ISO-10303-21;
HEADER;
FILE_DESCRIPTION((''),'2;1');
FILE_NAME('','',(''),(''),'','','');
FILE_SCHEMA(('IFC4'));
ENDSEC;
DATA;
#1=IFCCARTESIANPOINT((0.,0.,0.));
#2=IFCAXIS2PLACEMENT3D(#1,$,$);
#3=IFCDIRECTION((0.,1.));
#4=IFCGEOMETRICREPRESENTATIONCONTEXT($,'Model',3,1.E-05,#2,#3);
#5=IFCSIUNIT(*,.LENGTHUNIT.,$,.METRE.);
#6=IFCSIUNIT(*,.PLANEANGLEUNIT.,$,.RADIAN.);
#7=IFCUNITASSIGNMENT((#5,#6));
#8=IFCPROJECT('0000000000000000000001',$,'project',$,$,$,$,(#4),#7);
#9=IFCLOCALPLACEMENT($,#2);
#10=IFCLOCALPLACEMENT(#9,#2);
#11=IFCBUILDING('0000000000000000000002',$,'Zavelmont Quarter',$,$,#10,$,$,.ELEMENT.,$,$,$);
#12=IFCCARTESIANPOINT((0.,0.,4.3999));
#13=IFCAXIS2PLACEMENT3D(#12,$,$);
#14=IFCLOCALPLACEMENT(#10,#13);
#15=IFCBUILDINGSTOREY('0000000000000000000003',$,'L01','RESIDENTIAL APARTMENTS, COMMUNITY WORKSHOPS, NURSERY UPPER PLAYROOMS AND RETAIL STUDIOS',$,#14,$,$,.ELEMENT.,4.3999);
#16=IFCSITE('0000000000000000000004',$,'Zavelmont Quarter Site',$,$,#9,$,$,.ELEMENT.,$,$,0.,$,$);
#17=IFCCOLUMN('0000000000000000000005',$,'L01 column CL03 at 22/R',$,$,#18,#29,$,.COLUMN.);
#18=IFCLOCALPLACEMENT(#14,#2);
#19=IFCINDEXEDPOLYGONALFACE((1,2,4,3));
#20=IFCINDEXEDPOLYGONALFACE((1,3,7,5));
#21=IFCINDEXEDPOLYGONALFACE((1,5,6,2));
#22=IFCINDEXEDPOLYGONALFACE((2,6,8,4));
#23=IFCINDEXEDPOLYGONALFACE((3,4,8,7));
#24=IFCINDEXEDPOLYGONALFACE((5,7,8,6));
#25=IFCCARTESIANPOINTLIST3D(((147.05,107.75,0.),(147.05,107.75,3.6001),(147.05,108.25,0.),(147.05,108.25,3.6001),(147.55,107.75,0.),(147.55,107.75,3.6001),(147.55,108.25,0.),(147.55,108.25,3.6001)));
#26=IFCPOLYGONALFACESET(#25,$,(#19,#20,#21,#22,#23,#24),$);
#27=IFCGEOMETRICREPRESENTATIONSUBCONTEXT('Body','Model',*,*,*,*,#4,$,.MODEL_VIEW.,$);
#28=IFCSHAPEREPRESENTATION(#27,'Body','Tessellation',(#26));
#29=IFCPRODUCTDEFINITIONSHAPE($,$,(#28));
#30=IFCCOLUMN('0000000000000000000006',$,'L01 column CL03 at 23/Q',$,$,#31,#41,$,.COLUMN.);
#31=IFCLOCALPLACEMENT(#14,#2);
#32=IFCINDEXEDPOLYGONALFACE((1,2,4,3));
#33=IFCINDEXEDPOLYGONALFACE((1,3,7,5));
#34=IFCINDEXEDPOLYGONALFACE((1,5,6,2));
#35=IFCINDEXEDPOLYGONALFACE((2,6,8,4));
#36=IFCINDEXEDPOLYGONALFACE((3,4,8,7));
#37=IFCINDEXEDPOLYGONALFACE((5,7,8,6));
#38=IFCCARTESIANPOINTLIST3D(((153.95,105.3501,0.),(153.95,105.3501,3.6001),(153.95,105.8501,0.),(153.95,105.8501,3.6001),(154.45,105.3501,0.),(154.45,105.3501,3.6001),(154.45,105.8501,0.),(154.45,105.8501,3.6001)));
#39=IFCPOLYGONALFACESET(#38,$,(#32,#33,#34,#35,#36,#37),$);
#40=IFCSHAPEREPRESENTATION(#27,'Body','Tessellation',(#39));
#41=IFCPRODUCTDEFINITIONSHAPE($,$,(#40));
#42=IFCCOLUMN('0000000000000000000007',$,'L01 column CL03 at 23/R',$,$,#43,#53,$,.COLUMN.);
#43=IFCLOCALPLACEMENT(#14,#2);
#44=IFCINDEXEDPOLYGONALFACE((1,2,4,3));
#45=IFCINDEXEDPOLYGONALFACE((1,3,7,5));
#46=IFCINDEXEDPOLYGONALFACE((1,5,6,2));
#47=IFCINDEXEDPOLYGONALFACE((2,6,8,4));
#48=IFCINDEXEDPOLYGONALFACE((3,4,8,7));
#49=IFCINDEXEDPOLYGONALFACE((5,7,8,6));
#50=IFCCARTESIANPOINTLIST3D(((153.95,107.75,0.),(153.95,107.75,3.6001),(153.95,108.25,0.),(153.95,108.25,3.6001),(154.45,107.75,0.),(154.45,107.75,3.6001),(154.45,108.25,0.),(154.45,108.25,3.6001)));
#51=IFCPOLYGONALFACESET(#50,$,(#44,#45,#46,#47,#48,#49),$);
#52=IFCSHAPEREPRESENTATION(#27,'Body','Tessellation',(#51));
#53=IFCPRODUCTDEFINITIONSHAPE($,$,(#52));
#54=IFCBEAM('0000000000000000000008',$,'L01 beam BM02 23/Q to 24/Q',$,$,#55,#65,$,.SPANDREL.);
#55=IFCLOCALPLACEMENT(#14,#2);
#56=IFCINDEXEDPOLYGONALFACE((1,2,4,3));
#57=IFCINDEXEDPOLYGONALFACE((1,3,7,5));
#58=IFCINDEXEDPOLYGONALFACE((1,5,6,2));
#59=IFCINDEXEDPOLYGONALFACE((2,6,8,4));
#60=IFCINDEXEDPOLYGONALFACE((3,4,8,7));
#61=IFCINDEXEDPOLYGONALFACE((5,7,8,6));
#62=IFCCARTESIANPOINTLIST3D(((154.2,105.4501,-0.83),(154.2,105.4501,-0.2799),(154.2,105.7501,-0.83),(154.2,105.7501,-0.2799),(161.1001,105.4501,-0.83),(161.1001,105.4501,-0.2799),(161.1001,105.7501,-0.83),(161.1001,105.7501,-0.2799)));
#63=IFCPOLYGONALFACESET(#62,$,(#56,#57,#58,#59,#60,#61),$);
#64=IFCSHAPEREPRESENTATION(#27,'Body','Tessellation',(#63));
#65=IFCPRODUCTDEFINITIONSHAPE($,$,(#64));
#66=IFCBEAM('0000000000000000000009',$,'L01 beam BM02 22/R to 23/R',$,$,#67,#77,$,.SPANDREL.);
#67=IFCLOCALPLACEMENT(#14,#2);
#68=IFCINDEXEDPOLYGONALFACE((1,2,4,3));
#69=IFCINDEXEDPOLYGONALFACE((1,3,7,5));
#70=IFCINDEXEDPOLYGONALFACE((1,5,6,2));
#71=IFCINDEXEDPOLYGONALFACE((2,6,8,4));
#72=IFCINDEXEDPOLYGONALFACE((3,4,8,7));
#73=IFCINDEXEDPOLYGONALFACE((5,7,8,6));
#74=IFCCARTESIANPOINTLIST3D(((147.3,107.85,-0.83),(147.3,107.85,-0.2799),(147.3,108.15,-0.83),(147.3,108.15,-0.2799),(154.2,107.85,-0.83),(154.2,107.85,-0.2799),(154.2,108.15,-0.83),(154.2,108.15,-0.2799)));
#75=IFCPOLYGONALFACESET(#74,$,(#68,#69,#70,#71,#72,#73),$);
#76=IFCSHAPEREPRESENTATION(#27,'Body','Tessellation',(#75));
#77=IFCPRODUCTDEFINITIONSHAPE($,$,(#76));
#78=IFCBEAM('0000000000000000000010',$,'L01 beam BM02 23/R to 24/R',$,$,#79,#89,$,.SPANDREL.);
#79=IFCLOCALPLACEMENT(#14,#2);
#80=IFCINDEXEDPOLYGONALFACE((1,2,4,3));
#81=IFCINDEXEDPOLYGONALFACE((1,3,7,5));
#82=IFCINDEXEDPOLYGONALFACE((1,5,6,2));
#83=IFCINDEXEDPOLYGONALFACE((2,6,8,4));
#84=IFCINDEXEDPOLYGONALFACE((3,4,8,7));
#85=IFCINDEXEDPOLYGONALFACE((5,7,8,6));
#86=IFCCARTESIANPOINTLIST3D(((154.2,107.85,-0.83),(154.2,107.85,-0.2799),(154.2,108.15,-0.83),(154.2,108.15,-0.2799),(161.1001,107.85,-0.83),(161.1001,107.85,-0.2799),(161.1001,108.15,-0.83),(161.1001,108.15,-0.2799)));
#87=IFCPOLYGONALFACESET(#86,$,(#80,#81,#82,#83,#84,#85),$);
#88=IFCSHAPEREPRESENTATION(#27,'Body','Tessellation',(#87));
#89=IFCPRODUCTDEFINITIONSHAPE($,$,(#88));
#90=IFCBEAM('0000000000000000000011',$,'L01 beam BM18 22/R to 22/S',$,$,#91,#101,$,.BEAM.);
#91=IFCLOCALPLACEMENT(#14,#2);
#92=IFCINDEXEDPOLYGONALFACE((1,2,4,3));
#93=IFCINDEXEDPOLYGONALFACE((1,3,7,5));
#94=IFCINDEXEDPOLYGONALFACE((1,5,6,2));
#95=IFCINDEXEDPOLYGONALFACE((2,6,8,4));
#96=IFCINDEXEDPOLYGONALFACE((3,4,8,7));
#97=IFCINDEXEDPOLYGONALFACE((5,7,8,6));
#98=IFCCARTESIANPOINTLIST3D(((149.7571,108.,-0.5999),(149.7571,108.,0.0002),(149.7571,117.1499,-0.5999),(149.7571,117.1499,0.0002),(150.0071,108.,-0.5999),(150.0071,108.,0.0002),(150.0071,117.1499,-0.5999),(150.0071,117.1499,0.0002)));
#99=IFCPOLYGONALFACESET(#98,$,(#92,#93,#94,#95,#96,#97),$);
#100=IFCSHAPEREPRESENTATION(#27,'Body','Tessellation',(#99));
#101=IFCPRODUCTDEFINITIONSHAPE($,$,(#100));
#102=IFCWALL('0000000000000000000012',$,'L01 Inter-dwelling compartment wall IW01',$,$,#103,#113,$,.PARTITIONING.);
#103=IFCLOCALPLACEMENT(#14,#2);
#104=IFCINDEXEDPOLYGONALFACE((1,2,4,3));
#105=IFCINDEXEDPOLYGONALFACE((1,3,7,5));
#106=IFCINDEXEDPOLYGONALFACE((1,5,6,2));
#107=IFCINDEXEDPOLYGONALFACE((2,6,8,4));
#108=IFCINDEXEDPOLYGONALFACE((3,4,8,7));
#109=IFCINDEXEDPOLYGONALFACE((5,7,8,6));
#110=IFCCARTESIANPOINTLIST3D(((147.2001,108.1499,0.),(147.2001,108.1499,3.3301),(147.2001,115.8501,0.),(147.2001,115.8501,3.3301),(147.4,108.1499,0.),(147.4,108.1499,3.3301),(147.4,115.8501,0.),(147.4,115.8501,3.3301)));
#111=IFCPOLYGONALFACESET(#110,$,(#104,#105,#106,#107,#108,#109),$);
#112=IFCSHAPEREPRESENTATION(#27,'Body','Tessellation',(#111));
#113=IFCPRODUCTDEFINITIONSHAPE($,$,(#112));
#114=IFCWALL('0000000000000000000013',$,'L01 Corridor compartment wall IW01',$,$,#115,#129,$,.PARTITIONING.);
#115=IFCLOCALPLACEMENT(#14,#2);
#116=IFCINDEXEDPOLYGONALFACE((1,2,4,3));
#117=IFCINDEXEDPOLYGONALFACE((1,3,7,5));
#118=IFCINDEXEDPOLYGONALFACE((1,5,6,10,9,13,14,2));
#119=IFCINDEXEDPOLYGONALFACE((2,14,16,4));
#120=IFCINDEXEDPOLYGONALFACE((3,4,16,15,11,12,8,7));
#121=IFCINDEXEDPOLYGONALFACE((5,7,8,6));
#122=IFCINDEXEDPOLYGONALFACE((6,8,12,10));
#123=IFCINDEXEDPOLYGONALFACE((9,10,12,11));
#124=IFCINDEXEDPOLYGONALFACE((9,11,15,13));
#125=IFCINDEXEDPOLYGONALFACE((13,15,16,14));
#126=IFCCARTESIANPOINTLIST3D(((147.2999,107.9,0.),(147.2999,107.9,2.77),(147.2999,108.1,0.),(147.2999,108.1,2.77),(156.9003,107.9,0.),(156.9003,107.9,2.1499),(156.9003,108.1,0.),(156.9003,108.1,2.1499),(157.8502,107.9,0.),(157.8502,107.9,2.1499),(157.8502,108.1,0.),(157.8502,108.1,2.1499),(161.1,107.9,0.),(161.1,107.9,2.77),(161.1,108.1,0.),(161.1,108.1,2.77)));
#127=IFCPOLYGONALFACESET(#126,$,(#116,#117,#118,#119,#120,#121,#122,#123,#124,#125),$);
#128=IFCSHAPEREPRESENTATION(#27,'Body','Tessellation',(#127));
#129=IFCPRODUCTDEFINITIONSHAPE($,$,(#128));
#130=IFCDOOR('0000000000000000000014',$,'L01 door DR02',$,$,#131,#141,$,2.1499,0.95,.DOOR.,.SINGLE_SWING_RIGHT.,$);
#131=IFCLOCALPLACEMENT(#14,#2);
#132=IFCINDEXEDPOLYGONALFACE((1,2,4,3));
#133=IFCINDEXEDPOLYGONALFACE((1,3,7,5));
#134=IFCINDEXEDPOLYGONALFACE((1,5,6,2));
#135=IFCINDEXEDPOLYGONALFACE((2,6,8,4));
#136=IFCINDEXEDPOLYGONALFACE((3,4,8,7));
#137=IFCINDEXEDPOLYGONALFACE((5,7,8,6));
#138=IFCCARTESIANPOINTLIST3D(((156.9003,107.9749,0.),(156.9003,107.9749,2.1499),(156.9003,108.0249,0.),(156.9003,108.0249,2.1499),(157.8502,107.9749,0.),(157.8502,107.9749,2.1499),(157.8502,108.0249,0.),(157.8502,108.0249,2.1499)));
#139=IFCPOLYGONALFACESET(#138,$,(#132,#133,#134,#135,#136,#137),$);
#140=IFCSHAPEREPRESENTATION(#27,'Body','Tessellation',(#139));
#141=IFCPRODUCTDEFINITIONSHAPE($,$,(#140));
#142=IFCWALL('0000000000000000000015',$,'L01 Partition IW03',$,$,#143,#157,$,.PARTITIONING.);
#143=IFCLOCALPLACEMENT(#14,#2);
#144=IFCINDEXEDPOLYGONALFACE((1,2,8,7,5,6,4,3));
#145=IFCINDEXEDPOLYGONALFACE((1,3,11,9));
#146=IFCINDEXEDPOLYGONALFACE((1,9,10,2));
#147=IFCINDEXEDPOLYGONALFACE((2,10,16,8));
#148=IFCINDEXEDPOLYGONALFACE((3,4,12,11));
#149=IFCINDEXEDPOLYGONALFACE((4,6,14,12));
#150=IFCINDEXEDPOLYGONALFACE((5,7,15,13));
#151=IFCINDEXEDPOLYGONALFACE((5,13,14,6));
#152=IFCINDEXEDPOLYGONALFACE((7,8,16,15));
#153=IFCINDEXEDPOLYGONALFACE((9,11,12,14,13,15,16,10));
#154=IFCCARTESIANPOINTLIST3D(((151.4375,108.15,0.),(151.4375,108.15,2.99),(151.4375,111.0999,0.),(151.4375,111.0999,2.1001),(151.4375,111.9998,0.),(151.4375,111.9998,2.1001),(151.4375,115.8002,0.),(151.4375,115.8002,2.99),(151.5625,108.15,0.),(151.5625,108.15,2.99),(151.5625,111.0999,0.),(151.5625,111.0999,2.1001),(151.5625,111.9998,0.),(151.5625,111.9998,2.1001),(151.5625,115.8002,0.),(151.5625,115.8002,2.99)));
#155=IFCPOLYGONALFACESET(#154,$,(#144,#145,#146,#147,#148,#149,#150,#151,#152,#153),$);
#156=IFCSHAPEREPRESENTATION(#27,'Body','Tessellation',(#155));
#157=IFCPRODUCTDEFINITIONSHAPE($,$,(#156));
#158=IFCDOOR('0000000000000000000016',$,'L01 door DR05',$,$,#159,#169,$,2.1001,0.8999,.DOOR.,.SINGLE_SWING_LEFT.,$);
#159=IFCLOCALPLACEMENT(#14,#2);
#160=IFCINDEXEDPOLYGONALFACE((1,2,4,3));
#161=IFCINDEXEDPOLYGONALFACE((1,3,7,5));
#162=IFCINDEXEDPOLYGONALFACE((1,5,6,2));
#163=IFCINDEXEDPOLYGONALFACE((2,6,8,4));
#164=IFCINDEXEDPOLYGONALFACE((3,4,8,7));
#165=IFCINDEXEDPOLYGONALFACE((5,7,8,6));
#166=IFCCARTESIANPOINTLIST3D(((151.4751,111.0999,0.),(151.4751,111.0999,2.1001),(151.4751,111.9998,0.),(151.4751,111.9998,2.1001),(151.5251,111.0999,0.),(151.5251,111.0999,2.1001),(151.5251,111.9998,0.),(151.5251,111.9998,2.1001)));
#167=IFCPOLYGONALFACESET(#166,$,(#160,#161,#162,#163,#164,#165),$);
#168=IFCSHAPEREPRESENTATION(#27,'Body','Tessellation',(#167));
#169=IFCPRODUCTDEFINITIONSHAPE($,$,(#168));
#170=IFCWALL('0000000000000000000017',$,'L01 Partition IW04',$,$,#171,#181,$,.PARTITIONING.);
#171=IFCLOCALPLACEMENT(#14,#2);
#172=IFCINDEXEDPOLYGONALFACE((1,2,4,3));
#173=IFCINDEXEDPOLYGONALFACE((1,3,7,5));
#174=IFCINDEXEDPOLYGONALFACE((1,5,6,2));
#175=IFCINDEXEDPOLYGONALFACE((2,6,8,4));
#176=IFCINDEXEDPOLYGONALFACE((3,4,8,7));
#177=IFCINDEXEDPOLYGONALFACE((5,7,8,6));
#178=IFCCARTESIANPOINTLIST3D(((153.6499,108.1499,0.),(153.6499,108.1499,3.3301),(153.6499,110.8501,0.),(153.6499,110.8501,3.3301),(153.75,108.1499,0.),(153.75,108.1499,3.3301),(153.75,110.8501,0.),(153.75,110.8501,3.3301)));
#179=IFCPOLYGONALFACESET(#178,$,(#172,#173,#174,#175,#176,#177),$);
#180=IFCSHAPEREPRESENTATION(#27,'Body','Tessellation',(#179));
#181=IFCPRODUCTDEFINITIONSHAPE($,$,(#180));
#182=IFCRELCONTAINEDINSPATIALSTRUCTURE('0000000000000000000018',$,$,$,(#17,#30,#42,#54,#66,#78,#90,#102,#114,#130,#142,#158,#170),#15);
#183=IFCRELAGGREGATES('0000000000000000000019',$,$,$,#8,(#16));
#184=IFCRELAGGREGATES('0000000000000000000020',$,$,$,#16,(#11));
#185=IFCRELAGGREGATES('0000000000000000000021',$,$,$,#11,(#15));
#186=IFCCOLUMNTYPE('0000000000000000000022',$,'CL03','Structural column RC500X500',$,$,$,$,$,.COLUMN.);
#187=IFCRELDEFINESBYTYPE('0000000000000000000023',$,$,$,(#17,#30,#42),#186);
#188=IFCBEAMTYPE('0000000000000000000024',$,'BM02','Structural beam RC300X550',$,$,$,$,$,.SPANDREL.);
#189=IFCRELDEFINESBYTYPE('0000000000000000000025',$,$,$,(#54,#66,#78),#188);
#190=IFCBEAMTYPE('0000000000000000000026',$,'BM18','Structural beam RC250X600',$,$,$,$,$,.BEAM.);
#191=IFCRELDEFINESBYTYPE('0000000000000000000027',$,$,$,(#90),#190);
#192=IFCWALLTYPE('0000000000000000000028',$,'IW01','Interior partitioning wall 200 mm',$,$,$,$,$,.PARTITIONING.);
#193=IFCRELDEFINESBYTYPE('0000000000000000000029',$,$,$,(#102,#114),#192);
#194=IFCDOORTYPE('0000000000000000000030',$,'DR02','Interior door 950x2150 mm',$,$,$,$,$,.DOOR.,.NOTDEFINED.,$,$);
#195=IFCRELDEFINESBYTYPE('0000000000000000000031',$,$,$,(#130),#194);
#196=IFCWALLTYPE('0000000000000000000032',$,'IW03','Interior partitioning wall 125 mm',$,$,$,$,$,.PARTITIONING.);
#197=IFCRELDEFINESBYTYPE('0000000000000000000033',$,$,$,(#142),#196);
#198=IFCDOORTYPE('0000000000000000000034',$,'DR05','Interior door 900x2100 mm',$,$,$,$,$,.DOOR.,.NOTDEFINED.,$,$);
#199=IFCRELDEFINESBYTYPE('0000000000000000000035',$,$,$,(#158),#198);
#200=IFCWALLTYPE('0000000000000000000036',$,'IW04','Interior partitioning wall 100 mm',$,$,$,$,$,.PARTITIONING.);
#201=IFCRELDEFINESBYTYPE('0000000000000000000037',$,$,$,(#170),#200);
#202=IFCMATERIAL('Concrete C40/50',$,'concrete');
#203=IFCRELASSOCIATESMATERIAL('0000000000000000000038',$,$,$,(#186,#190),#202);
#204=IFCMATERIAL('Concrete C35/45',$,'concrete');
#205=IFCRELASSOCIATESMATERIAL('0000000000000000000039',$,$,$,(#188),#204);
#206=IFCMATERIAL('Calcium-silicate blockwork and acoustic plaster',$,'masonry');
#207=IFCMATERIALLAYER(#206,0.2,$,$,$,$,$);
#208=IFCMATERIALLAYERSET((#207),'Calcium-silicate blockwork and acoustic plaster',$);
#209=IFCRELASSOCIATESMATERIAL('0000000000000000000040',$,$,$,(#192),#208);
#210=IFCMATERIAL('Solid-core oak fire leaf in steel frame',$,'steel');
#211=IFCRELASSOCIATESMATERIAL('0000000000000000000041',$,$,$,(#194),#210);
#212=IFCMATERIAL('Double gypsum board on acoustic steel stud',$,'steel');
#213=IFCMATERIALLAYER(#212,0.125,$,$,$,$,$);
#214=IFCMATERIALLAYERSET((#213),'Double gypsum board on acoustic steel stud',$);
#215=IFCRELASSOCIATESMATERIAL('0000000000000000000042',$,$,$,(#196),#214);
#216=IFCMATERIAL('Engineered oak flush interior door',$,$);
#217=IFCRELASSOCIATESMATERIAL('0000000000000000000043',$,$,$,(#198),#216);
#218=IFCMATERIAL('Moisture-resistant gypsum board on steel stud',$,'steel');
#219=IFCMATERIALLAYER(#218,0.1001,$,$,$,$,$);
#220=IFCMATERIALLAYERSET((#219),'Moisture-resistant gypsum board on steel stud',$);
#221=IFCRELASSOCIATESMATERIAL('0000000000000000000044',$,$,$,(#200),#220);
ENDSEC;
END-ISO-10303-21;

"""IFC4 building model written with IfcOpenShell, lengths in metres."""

from ifc_helpers import new_model, si_unit, direction, frame, frame_2d, origin, origin_with_axes, origin_2d, place, context, subcontext, project, spatial, rectangle, extrude, material, layer, layer_set, material_profile, profile_set, type_object, element, fill, save


model = new_model("IFC4")

# Units and contexts
model_context = context("Model", 3, precision=1e-05, world=origin(), true_north=direction((0.0, 1.0)))
body_context = subcontext(model_context, "Body", "Model", "MODEL_VIEW")
ifc_project = project(units=[si_unit("LENGTHUNIT", "METRE"), si_unit("PLANEANGLEUNIT", "RADIAN")], contexts=[model_context])

# Site, building, storey
site_placement = place(None, origin())
site = spatial("IfcSite", under=ifc_project, at=site_placement, Name="Zavelmont Quarter Site", CompositionType="ELEMENT", RefElevation=0.0)
building_placement = place(site_placement, origin())
building = spatial("IfcBuilding", under=site, at=building_placement, Name="Zavelmont Quarter", CompositionType="ELEMENT")
storey_placement = place(building_placement, frame((0.0, 0.0, 4.3999)))
storey = spatial("IfcBuildingStorey", under=building, at=storey_placement, Name="L01", Description="RESIDENTIAL APARTMENTS, COMMUNITY WORKSHOPS, NURSERY UPPER PLAYROOMS AND RETAIL STUDIOS", CompositionType="ELEMENT", Elevation=4.3999)

# Columns
ifc_material_1 = material(Name="Concrete C40/50", Category="concrete")
ifc_material_profile_1 = material_profile(ifc_material_1, rectangle(XDim=0.5, YDim=0.5, at=origin_2d()), Name="RC500X500")
ifc_profile_set_1 = profile_set([ifc_material_profile_1], Name="Concrete C40/50")
column_type = type_object("IfcColumnType", Name="CL03", Description="Structural column RC500X500", PredefinedType="COLUMN", material=ifc_profile_set_1)
for number, where, z_axis, x_axis, name in (
    (1, (147.3, 108.0, 0.0), (0.0, 0.0, 1.0), (1.0, 0.0, 0.0), "L01 column CL03 at 22/R"),
    (2, (154.2, 105.6001, 0.0), (0.0, 0.0, 1.0), (1.0, 0.0, 0.0), "L01 column CL03 at 23/Q"),
    (3, (154.2, 108.0, 0.0), (0.0, 0.0, 1.0), (1.0, 0.0, 0.0), "L01 column CL03 at 23/R"),
):
    element("IfcColumn", number, at=place(storey_placement, frame(where, z_axis=z_axis, x_axis=x_axis)), inside=storey, type_object=column_type, Name=name, PredefinedType="COLUMN", context=body_context, shape_type="SweptSolid", body=[
        extrude(rectangle(XDim=0.5, YDim=0.5, at=origin_2d()), origin(), (0.0, 0.0, 1.0), 3.6001),
    ])

# Beams
ifc_material_2 = material(Name="Concrete C35/45", Category="concrete")
ifc_material_profile_2 = material_profile(ifc_material_2, rectangle(XDim=0.3, YDim=0.55, at=origin_2d()), Name="RC300X550")
ifc_profile_set_2 = profile_set([ifc_material_profile_2], Name="Concrete C35/45")
beam_type_1 = type_object("IfcBeamType", Name="BM02", Description="Structural beam RC300X550", PredefinedType="SPANDREL", material=ifc_profile_set_2)
beam_1_placement = place(storey_placement, frame((154.2, 105.6001, -0.5549), z_axis=(1.0, 0.0, 0.0), x_axis=(0.0, 1.0, 0.0)))
element("IfcBeam", 4, at=beam_1_placement, inside=storey, type_object=beam_type_1, Name="L01 beam BM02 23/Q to 24/Q", PredefinedType="SPANDREL", context=body_context, shape_type="SweptSolid", body=[
    extrude(rectangle(XDim=0.3, YDim=0.55, at=origin_2d()), origin(), (0.0, 0.0, 1.0), 6.9001),
])
beam_2_placement = place(storey_placement, frame((147.3, 108.0, -0.5549), z_axis=(1.0, 0.0, 0.0), x_axis=(0.0, 1.0, 0.0)))
element("IfcBeam", 5, at=beam_2_placement, inside=storey, type_object=beam_type_1, Name="L01 beam BM02 22/R to 23/R", PredefinedType="SPANDREL", context=body_context, shape_type="SweptSolid", body=[
    extrude(rectangle(XDim=0.3, YDim=0.55, at=origin_2d()), origin(), (0.0, 0.0, 1.0), 6.8999),
])
beam_3_placement = place(storey_placement, frame((154.2, 108.0, -0.5549), z_axis=(1.0, 0.0, 0.0), x_axis=(0.0, 1.0, 0.0)))
element("IfcBeam", 6, at=beam_3_placement, inside=storey, type_object=beam_type_1, Name="L01 beam BM02 23/R to 24/R", PredefinedType="SPANDREL", context=body_context, shape_type="SweptSolid", body=[
    extrude(rectangle(XDim=0.3, YDim=0.55, at=origin_2d()), origin(), (0.0, 0.0, 1.0), 6.9001),
])
ifc_material_profile_3 = material_profile(ifc_material_1, rectangle(XDim=0.25, YDim=0.6001, at=origin_2d()), Name="RC250X600")
ifc_profile_set_3 = profile_set([ifc_material_profile_3], Name="Concrete C40/50")
beam_type_2 = type_object("IfcBeamType", Name="BM18", Description="Structural beam RC250X600", PredefinedType="BEAM", material=ifc_profile_set_3)
beam_4_placement = place(storey_placement, frame((149.8821, 108.0, -0.2998), z_axis=(0.0, 1.0, 0.0), x_axis=(-1.0, 0.0, 0.0)))
element("IfcBeam", 7, at=beam_4_placement, inside=storey, type_object=beam_type_2, Name="L01 beam BM18 22/R to 22/S", PredefinedType="BEAM", context=body_context, shape_type="SweptSolid", body=[
    extrude(rectangle(XDim=0.25, YDim=0.6001, at=origin_2d()), origin(), (0.0, 0.0, 1.0), 9.1499),
])

# Wall
ifc_material_3 = material(Name="Calcium-silicate blockwork and acoustic plaster", Category="masonry")
ifc_layer_1 = layer(ifc_material_3, 0.2)
ifc_layer_set_1 = layer_set([ifc_layer_1], Name="Calcium-silicate blockwork and acoustic plaster")
wall_type_1 = type_object("IfcWallType", Name="IW01", Description="Interior partitioning wall 200 mm", PredefinedType="PARTITIONING", material=ifc_layer_set_1)
wall_1_placement = place(storey_placement, frame((147.3, 108.1499, 0.0), z_axis=(0.0, 0.0, 1.0), x_axis=(0.0, 1.0, 0.0)))
element("IfcWall", 8, at=wall_1_placement, inside=storey, type_object=wall_type_1, Name="L01 Inter-dwelling compartment wall IW01", PredefinedType="PARTITIONING", context=body_context, shape_type="SweptSolid", body=[
    extrude(rectangle(XDim=7.7002, YDim=0.2, at=frame_2d((3.8501, 0.0))), origin(), (0.0, 0.0, 1.0), 3.3301),
])

# Wall, opening, door
wall_2_placement = place(storey_placement, frame((147.3, 108.0, 0.0), z_axis=(0.0, 0.0, 1.0), x_axis=(1.0, 0.0, 0.0)))
wall_2 = element("IfcWall", 9, at=wall_2_placement, inside=storey, type_object=wall_type_1, Name="L01 Corridor compartment wall IW01", PredefinedType="PARTITIONING", context=body_context, shape_type="SweptSolid", body=[
    extrude(rectangle(XDim=13.8, YDim=0.2, at=frame_2d((6.8999, 0.0))), origin(), (0.0, 0.0, 1.0), 2.77),
])
opening_1_placement = place(wall_2_placement, frame((9.6001, 0.0, 0.0)))
opening_1 = element("IfcOpeningElement", 10, at=opening_1_placement, cuts=wall_2, PredefinedType="OPENING", context=body_context, shape_type="SweptSolid", body=[
    extrude(rectangle(XDim=0.95, YDim=2.1499, at=frame_2d((0.4751, 1.075))), frame((0.0, 0.1118, 0.0), z_axis=(0.0, -1.0, 0.0), x_axis=(1.0, 0.0, 0.0)), (0.0, 0.0, 1.0), 0.2239),
])
ifc_material_4 = material(Name="Solid-core oak fire leaf in steel frame", Category="steel")
door_type_1 = type_object("IfcDoorType", Name="DR02", Description="Interior door 950x2150 mm", OperationType="NOTDEFINED", PredefinedType="DOOR", material=ifc_material_4)
door_1_placement = place(opening_1_placement, origin_with_axes())
door_1 = element("IfcDoor", 11, at=door_1_placement, inside=storey, type_object=door_type_1, Name="L01 door DR02", OperationType="SINGLE_SWING_RIGHT", OverallHeight=2.1499, OverallWidth=0.95, PredefinedType="DOOR", context=body_context, shape_type="SweptSolid", body=[
    extrude(rectangle(XDim=0.95, YDim=2.1499, at=frame_2d((0.4751, 1.075))), frame((0.0, 0.0249, 0.0), z_axis=(0.0, -1.0, 0.0), x_axis=(1.0, 0.0, 0.0)), (0.0, 0.0, 1.0), 0.05),
])
fill(opening_1, door_1)

# Wall, opening, door
ifc_material_5 = material(Name="Double gypsum board on acoustic steel stud", Category="steel")
ifc_layer_2 = layer(ifc_material_5, 0.125)
ifc_layer_set_2 = layer_set([ifc_layer_2], Name="Double gypsum board on acoustic steel stud")
wall_type_2 = type_object("IfcWallType", Name="IW03", Description="Interior partitioning wall 125 mm", PredefinedType="PARTITIONING", material=ifc_layer_set_2)
wall_3_placement = place(storey_placement, frame((151.5, 108.1499, 0.0), z_axis=(0.0, 0.0, 1.0), x_axis=(0.0, 1.0, 0.0)))
wall_3 = element("IfcWall", 12, at=wall_3_placement, inside=storey, type_object=wall_type_2, Name="L01 Partition IW03", PredefinedType="PARTITIONING", context=body_context, shape_type="SweptSolid", body=[
    extrude(rectangle(XDim=7.6501, YDim=0.125, at=frame_2d((3.8252, 0.0))), origin(), (0.0, 0.0, 1.0), 2.99),
])
opening_2_placement = place(wall_3_placement, frame((2.95, 0.0, 0.0)))
opening_2 = element("IfcOpeningElement", 13, at=opening_2_placement, cuts=wall_3, PredefinedType="OPENING", context=body_context, shape_type="SweptSolid", body=[
    extrude(rectangle(XDim=0.8999, YDim=2.1001, at=frame_2d((0.45, 1.05))), frame((0.0, 0.0745, 0.0), z_axis=(0.0, -1.0, 0.0), x_axis=(1.0, 0.0, 0.0)), (0.0, 0.0, 1.0), 0.1489),
])
ifc_material_6 = material(Name="Engineered oak flush interior door")
door_type_2 = type_object("IfcDoorType", Name="DR05", Description="Interior door 900x2100 mm", OperationType="NOTDEFINED", PredefinedType="DOOR", material=ifc_material_6)
door_2_placement = place(opening_2_placement, origin_with_axes())
door_2 = element("IfcDoor", 14, at=door_2_placement, inside=storey, type_object=door_type_2, Name="L01 door DR05", OperationType="SINGLE_SWING_LEFT", OverallHeight=2.1001, OverallWidth=0.8999, PredefinedType="DOOR", context=body_context, shape_type="SweptSolid", body=[
    extrude(rectangle(XDim=0.8999, YDim=2.1001, at=frame_2d((0.45, 1.05))), frame((0.0, 0.0249, 0.0), z_axis=(0.0, -1.0, 0.0), x_axis=(1.0, 0.0, 0.0)), (0.0, 0.0, 1.0), 0.05),
])
fill(opening_2, door_2)

# Wall
ifc_material_7 = material(Name="Moisture-resistant gypsum board on steel stud", Category="steel")
ifc_layer_3 = layer(ifc_material_7, 0.1001)
ifc_layer_set_3 = layer_set([ifc_layer_3], Name="Moisture-resistant gypsum board on steel stud")
wall_type_3 = type_object("IfcWallType", Name="IW04", Description="Interior partitioning wall 100 mm", PredefinedType="PARTITIONING", material=ifc_layer_set_3)
wall_4_placement = place(storey_placement, frame((153.7, 108.1499, 0.0), z_axis=(0.0, 0.0, 1.0), x_axis=(0.0, 1.0, 0.0)))
element("IfcWall", 15, at=wall_4_placement, inside=storey, type_object=wall_type_3, Name="L01 Partition IW04", PredefinedType="PARTITIONING", context=body_context, shape_type="SweptSolid", body=[
    extrude(rectangle(XDim=2.7002, YDim=0.1001, at=frame_2d((1.3501, 0.0))), origin(), (0.0, 0.0, 1.0), 3.3301),
])

save(model, "model.ifc")
